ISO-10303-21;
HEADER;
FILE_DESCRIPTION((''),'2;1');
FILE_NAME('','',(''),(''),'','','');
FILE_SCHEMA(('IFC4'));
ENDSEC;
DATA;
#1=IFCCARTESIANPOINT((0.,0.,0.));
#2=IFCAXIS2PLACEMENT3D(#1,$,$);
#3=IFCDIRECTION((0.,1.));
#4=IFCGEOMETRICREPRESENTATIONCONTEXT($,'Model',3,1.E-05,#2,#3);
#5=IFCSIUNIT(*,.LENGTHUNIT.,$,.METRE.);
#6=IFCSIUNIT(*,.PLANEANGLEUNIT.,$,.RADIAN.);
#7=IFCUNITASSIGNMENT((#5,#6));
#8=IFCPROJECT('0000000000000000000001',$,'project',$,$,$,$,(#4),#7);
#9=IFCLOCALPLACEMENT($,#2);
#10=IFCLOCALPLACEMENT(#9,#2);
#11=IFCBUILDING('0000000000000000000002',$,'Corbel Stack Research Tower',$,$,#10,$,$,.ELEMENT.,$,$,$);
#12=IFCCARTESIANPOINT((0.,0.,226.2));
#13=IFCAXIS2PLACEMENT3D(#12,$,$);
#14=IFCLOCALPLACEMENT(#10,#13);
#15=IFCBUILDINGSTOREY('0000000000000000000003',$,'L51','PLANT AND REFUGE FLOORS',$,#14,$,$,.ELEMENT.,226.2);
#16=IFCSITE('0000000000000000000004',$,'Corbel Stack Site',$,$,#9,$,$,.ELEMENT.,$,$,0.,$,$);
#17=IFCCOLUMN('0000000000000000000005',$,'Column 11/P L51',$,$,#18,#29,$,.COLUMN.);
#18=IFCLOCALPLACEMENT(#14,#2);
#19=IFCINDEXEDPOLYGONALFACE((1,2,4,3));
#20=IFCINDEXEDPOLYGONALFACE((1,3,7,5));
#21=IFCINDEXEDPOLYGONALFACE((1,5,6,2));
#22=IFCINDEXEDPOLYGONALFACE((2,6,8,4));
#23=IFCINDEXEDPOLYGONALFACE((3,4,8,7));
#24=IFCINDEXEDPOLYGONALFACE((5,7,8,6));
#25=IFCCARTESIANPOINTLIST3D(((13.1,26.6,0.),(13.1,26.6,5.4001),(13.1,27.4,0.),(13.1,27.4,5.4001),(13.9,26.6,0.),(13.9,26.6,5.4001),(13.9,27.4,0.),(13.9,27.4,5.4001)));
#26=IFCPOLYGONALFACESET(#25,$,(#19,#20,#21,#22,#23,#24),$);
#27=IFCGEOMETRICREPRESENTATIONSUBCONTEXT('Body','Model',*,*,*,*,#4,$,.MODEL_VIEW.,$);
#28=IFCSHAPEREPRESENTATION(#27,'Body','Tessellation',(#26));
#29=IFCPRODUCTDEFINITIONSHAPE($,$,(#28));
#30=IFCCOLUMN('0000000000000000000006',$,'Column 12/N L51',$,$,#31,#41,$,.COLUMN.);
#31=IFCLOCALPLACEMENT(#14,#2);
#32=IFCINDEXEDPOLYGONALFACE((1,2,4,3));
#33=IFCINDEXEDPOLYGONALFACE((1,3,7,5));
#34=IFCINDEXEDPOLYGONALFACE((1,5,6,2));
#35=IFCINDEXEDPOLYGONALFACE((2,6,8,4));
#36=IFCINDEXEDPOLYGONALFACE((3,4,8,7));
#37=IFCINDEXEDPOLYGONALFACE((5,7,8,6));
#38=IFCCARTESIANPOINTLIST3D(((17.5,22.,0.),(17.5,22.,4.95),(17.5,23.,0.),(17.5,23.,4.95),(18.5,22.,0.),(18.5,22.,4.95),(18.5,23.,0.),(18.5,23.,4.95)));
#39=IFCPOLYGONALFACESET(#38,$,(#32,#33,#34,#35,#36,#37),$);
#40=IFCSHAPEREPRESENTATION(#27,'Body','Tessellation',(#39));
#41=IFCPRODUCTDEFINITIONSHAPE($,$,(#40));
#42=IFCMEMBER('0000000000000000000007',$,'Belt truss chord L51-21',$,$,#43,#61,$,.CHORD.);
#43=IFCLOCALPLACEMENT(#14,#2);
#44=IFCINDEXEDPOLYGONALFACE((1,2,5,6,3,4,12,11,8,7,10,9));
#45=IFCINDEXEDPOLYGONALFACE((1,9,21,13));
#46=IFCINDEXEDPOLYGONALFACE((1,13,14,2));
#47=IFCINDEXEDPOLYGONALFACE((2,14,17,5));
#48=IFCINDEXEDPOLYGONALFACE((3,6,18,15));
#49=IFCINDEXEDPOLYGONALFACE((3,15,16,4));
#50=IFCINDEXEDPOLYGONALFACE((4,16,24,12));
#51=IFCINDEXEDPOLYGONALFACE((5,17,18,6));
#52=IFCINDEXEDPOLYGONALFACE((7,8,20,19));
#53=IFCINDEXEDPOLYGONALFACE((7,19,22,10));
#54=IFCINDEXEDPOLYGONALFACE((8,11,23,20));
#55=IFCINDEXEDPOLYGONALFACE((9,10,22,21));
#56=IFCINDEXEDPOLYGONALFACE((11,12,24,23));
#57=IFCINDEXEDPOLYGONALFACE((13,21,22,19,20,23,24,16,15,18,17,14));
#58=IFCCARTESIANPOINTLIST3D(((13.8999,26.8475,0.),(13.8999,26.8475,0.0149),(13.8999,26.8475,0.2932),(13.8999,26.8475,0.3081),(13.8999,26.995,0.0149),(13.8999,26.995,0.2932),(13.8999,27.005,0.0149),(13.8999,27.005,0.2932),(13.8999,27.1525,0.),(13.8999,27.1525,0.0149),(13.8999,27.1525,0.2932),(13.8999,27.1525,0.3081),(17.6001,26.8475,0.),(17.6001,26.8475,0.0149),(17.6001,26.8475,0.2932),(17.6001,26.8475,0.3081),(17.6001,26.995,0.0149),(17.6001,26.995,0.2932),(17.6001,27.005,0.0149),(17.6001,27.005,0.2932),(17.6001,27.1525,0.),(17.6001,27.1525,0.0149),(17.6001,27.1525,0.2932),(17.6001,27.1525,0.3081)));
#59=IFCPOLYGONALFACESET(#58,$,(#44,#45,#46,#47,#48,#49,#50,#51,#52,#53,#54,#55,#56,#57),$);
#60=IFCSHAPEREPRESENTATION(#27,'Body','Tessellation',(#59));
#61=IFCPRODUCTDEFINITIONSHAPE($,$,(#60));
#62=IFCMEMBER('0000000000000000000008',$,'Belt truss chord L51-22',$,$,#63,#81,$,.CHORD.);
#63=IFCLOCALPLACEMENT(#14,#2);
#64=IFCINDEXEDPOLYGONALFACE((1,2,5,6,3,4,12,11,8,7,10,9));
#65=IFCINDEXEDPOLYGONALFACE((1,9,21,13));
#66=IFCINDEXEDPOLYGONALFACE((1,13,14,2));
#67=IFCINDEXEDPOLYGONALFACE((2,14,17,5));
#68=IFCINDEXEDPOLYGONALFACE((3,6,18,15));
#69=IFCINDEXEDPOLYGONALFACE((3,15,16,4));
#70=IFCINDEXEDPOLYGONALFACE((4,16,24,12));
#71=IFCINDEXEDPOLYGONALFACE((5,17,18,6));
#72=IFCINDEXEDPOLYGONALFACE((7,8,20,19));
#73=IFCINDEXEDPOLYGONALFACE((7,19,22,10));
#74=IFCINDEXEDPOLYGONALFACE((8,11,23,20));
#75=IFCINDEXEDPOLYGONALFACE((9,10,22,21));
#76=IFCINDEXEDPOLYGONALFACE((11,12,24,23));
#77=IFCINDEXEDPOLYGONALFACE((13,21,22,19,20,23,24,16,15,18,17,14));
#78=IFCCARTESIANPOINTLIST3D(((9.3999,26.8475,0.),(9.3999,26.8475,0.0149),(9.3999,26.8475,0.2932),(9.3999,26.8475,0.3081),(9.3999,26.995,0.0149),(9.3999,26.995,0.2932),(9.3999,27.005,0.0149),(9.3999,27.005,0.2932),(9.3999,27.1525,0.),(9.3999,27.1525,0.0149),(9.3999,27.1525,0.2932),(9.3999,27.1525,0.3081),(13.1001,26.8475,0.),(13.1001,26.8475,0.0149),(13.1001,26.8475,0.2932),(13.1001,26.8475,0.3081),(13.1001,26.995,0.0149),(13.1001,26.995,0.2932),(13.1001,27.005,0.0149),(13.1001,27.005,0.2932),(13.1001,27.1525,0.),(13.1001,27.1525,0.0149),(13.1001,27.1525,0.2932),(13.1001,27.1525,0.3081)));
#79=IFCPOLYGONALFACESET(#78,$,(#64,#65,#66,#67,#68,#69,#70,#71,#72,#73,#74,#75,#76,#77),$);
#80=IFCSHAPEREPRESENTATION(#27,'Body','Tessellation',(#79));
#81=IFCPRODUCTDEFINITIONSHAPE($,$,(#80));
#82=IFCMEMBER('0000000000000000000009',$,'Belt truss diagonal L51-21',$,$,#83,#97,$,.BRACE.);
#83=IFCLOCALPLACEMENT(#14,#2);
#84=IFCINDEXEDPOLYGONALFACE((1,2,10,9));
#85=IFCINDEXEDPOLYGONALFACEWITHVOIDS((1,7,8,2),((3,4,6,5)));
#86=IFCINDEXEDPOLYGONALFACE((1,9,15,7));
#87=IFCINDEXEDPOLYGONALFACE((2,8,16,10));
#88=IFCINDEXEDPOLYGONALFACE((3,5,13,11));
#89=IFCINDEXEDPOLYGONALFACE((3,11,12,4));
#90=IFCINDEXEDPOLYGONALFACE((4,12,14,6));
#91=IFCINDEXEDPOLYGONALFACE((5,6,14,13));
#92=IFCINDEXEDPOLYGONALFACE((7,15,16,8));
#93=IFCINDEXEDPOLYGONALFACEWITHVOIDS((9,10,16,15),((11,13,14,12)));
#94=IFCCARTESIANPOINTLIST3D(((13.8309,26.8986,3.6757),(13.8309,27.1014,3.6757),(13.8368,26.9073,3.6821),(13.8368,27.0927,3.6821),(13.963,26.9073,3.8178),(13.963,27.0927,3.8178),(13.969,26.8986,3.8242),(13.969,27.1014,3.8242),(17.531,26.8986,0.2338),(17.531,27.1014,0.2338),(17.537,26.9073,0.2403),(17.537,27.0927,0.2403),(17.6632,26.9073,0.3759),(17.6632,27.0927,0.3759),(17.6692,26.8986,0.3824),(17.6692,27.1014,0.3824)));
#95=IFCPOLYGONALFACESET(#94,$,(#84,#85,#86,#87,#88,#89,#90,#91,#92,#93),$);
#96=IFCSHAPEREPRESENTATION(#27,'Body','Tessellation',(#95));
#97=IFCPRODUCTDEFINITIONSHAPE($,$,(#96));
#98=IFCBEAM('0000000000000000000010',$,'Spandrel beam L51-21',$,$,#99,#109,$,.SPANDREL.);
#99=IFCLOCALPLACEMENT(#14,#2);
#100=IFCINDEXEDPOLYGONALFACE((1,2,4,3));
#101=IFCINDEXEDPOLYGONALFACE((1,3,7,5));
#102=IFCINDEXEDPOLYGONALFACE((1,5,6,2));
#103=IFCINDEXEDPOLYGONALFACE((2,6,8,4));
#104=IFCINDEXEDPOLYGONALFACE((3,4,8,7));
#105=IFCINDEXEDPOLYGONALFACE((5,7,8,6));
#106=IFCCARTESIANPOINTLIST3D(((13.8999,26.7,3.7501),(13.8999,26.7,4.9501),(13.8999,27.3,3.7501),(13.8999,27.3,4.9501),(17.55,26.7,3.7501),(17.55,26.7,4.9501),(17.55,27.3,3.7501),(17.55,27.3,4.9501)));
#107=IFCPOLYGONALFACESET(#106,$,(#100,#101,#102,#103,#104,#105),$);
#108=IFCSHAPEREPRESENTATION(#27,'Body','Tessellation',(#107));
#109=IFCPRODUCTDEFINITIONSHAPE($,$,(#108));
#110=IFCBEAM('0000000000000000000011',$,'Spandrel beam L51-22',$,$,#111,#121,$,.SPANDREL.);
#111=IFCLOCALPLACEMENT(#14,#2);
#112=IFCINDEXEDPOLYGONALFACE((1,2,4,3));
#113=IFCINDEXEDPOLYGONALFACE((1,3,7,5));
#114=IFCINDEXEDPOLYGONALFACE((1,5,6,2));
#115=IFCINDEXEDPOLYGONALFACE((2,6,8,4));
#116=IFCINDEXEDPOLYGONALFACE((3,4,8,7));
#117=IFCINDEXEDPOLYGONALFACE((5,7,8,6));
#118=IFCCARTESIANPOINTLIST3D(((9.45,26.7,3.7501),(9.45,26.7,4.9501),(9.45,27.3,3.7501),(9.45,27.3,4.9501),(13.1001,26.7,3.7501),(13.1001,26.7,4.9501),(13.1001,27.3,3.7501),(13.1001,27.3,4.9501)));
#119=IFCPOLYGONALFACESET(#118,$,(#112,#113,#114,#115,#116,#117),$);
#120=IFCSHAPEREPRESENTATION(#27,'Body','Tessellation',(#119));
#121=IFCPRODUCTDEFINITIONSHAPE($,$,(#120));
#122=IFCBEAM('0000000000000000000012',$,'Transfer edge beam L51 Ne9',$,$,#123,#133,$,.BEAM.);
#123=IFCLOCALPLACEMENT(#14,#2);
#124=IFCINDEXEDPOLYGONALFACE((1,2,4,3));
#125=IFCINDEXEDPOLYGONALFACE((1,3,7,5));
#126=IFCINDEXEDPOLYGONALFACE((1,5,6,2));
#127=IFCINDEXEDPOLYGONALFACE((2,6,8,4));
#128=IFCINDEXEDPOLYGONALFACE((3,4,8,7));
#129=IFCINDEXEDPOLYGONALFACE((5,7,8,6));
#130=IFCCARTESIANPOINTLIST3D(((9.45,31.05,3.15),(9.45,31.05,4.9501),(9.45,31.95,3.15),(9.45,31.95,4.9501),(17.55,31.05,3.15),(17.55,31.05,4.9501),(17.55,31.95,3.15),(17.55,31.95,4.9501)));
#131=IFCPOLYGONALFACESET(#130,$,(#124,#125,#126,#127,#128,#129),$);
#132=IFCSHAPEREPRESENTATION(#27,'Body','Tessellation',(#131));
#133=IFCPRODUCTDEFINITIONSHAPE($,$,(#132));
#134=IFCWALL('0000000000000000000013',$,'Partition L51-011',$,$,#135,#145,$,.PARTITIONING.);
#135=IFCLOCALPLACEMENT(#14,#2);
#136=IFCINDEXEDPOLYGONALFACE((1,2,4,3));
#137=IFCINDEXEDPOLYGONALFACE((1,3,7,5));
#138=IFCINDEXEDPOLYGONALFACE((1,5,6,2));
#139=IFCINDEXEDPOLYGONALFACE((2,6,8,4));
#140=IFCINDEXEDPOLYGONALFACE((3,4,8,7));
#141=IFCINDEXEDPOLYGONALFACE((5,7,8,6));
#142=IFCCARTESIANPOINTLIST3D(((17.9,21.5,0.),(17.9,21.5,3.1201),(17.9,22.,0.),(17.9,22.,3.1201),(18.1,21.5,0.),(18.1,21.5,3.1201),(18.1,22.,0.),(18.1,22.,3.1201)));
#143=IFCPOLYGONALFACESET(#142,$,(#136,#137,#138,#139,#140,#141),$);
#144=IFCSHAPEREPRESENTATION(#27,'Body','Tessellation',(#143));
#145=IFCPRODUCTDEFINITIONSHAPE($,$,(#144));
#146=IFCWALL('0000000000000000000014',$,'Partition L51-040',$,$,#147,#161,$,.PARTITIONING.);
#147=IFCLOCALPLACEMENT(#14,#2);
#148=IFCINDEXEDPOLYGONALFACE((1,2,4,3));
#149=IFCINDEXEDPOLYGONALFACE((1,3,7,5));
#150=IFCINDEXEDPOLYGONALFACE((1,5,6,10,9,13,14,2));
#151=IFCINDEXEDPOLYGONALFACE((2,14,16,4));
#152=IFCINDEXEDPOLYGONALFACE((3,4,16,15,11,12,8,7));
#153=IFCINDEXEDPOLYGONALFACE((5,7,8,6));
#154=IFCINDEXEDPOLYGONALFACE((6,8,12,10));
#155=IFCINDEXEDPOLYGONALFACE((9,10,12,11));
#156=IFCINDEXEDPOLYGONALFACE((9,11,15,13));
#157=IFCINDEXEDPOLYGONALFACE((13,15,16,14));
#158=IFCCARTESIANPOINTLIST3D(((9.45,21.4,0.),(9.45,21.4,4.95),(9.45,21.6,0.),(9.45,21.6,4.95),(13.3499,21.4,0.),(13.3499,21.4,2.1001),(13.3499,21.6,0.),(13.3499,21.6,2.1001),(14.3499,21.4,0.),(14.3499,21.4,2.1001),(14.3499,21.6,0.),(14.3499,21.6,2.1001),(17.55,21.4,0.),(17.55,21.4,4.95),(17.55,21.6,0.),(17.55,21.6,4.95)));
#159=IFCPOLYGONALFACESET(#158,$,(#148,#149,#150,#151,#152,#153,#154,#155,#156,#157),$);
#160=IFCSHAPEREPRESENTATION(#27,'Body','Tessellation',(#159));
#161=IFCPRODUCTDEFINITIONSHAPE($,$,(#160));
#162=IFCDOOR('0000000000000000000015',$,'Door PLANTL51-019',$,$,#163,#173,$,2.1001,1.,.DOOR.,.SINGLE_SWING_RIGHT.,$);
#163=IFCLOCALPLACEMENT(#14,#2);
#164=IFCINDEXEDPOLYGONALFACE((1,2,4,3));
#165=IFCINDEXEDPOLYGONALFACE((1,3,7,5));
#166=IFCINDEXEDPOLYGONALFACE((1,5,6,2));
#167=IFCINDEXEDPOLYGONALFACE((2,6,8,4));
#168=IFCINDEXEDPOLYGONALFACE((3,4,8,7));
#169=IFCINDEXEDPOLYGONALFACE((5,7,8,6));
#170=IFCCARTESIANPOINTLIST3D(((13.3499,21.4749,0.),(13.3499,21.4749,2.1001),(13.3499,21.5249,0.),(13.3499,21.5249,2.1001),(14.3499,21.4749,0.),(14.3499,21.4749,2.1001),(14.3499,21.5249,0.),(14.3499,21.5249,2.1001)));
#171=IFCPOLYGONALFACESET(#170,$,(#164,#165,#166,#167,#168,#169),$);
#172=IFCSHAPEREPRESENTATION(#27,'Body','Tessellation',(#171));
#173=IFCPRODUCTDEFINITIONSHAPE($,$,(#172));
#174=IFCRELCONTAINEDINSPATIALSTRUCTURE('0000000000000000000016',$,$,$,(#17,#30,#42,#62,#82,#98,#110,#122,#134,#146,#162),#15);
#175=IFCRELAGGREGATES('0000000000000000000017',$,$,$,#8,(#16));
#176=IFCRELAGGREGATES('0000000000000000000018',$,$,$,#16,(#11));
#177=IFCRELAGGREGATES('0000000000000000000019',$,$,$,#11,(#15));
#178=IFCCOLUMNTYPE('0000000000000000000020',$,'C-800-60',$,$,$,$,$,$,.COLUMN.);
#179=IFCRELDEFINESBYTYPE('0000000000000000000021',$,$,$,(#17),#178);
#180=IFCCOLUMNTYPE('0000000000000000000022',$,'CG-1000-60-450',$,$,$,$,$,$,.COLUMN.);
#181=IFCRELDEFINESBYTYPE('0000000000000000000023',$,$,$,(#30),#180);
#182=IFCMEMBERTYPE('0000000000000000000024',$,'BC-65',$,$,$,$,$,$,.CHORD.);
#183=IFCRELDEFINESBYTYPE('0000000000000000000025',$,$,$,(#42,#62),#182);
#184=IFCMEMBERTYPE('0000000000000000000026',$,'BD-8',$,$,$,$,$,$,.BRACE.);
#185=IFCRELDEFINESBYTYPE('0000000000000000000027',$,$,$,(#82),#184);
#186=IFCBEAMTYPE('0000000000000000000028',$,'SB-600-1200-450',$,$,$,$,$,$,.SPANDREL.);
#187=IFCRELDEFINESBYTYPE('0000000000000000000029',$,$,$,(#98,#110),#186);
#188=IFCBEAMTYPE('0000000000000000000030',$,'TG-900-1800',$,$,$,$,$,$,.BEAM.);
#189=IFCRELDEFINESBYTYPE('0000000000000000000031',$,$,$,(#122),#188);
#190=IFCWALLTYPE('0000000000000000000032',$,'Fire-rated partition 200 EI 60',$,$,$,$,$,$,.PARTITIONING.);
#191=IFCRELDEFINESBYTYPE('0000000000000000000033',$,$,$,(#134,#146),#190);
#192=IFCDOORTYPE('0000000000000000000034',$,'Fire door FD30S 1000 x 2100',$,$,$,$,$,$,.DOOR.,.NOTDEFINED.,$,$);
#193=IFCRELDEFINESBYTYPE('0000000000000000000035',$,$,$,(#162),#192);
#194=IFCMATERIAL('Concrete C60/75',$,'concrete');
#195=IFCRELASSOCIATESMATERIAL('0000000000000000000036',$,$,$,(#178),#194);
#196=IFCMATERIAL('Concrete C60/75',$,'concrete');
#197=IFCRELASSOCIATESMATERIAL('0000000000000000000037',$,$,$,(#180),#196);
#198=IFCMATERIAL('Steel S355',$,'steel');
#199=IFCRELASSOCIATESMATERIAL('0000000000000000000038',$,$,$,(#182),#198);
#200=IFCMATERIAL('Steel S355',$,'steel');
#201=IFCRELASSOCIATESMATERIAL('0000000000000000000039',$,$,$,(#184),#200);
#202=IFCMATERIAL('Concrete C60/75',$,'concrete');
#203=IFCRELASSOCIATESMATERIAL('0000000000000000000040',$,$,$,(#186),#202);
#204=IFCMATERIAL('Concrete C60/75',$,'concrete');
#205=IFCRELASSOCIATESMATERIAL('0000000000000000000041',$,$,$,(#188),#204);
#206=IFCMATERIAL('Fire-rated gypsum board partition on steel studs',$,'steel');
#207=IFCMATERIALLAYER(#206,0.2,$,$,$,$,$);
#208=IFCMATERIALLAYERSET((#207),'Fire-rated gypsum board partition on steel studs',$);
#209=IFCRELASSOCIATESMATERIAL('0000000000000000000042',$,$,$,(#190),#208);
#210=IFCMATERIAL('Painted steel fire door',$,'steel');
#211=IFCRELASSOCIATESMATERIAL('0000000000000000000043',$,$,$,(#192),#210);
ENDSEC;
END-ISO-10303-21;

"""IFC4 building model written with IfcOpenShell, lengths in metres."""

from ifc_helpers import new_model, si_unit, direction, frame, frame_2d, origin, origin_2d, place, context, subcontext, project, spatial, rectangle, hollow_rectangle, i_section, extrude, material, layer, layer_set, material_profile, profile_set, type_object, element, fill, save


model = new_model("IFC4")

# Units and contexts
model_context = context("Model", 3, precision=1e-05, world=origin(), true_north=direction((0.0, 1.0)))
body_context = subcontext(model_context, "Body", "Model", "MODEL_VIEW")
ifc_project = project(units=[si_unit("LENGTHUNIT", "METRE"), si_unit("PLANEANGLEUNIT", "RADIAN")], contexts=[model_context])

# Site, building, storey
site_placement = place(None, origin())
site = spatial("IfcSite", under=ifc_project, at=site_placement, Name="Corbel Stack Site", CompositionType="ELEMENT", RefElevation=0.0)
building_placement = place(site_placement, origin())
building = spatial("IfcBuilding", under=site, at=building_placement, Name="Corbel Stack Research Tower", CompositionType="ELEMENT")
storey_placement = place(building_placement, frame((0.0, 0.0, 226.2)))
storey = spatial("IfcBuildingStorey", under=building, at=storey_placement, Name="L51", Description="PLANT AND REFUGE FLOORS", CompositionType="ELEMENT", Elevation=226.2)

# Columns
ifc_material_1 = material(Name="Concrete C60/75", Category="concrete")
ifc_material_profile_1 = material_profile(ifc_material_1, rectangle(XDim=0.8, YDim=0.8, at=origin_2d()), Name="RC 800 x 800")
ifc_profile_set_1 = profile_set([ifc_material_profile_1], Name="Concrete C60/75")
column_type_1 = type_object("IfcColumnType", Name="C-800-60", PredefinedType="COLUMN", material=ifc_profile_set_1)
column_1_placement = place(storey_placement, frame((13.5, 27.0, 0.0), z_axis=(0.0, 0.0, 1.0), x_axis=(1.0, 0.0, 0.0)))
element("IfcColumn", 1, at=column_1_placement, inside=storey, type_object=column_type_1, Name="Column 11/P L51", PredefinedType="COLUMN", context=body_context, shape_type="SweptSolid", body=[
    extrude(rectangle(XDim=0.8, YDim=0.8, at=origin_2d()), origin(), (0.0, 0.0, 1.0), 5.4001),
])
ifc_material_2 = material(Name="Concrete C60/75", Category="concrete")
ifc_material_profile_2 = material_profile(ifc_material_2, rectangle(XDim=1.0, YDim=1.0, at=origin_2d()), Name="RC 1000 x 1000")
ifc_profile_set_2 = profile_set([ifc_material_profile_2], Name="Concrete C60/75")
column_type_2 = type_object("IfcColumnType", Name="CG-1000-60-450", PredefinedType="COLUMN", material=ifc_profile_set_2)
column_2_placement = place(storey_placement, frame((18.0, 22.5, 0.0), z_axis=(0.0, 0.0, 1.0), x_axis=(1.0, 0.0, 0.0)))
element("IfcColumn", 2, at=column_2_placement, inside=storey, type_object=column_type_2, Name="Column 12/N L51", PredefinedType="COLUMN", context=body_context, shape_type="SweptSolid", body=[
    extrude(rectangle(XDim=1.0, YDim=1.0, at=origin_2d()), origin(), (0.0, 0.0, 1.0), 4.95),
])

# Members
ifc_material_3 = material(Name="Steel S355", Category="steel")
ifc_material_profile_3 = material_profile(ifc_material_3, i_section(OverallWidth=0.3049, OverallDepth=0.3081, WebThickness=0.01, FlangeThickness=0.0149, at=origin_2d()), Name="W12x65")
ifc_profile_set_3 = profile_set([ifc_material_profile_3], Name="Steel S355")
member_type_1 = type_object("IfcMemberType", Name="BC-65", PredefinedType="CHORD", material=ifc_profile_set_3)
for number, where, z_axis, x_axis, name in (
    (3, (17.6001, 27.0, 0.1541), (-1.0, 0.0, 0.0), (0.0, -1.0, 0.0), "Belt truss chord L51-21"),
    (4, (13.1001, 27.0, 0.1541), (-1.0, 0.0, 0.0), (0.0, -1.0, 0.0), "Belt truss chord L51-22"),
):
    element("IfcMember", number, at=place(storey_placement, frame(where, z_axis=z_axis, x_axis=x_axis)), inside=storey, type_object=member_type_1, Name=name, PredefinedType="CHORD", context=body_context, shape_type="SweptSolid", body=[
        extrude(i_section(OverallWidth=0.3049, OverallDepth=0.3081, WebThickness=0.01, FlangeThickness=0.0149, at=origin_2d()), origin(), (0.0, 0.0, 1.0), 3.7002),
    ])
ifc_material_4 = material(Name="Steel S355", Category="steel")
ifc_material_profile_4 = material_profile(ifc_material_4, hollow_rectangle(XDim=0.2029, YDim=0.2029, WallThickness=0.0088, at=origin_2d()), Name="HSS8x8x3/8")
ifc_profile_set_4 = profile_set([ifc_material_profile_4], Name="Steel S355")
member_type_2 = type_object("IfcMemberType", Name="BD-8", PredefinedType="BRACE", material=ifc_profile_set_4)
member_placement = place(storey_placement, frame((17.6001, 27.0, 0.3081), z_axis=(-0.732201, 0.0, 0.681088), x_axis=(0.0, -1.0, 0.0)))
element("IfcMember", 5, at=member_placement, inside=storey, type_object=member_type_2, Name="Belt truss diagonal L51-21", PredefinedType="BRACE", context=body_context, shape_type="SweptSolid", body=[
    extrude(hollow_rectangle(XDim=0.2029, YDim=0.2029, WallThickness=0.0088, at=origin_2d()), origin(), (0.0, 0.0, 1.0), 5.0535),
])

# Beams
ifc_material_5 = material(Name="Concrete C60/75", Category="concrete")
ifc_material_profile_5 = material_profile(ifc_material_5, rectangle(XDim=0.6001, YDim=1.2, at=origin_2d()), Name="RC 600 x 1200")
ifc_profile_set_5 = profile_set([ifc_material_profile_5], Name="Concrete C60/75")
beam_type_1 = type_object("IfcBeamType", Name="SB-600-1200-450", PredefinedType="SPANDREL", material=ifc_profile_set_5)
for number, where, z_axis, x_axis, name in (
    (6, (17.55, 27.0, 4.3501), (-1.0, 0.0, 0.0), (0.0, -1.0, 0.0), "Spandrel beam L51-21"),
    (7, (13.1001, 27.0, 4.3501), (-1.0, 0.0, 0.0), (0.0, -1.0, 0.0), "Spandrel beam L51-22"),
):
    element("IfcBeam", number, at=place(storey_placement, frame(where, z_axis=z_axis, x_axis=x_axis)), inside=storey, type_object=beam_type_1, Name=name, PredefinedType="SPANDREL", context=body_context, shape_type="SweptSolid", body=[
        extrude(rectangle(XDim=0.6001, YDim=1.2, at=origin_2d()), origin(), (0.0, 0.0, 1.0), 3.6501),
    ])
ifc_material_6 = material(Name="Concrete C60/75", Category="concrete")
ifc_material_profile_6 = material_profile(ifc_material_6, rectangle(XDim=0.8999, YDim=1.8, at=origin_2d()), Name="RC 900 x 1800")
ifc_profile_set_6 = profile_set([ifc_material_profile_6], Name="Concrete C60/75")
beam_type_2 = type_object("IfcBeamType", Name="TG-900-1800", PredefinedType="BEAM", material=ifc_profile_set_6)
beam_placement = place(storey_placement, frame((9.45, 31.5, 4.05), z_axis=(1.0, 0.0, 0.0), x_axis=(0.0, 1.0, 0.0)))
element("IfcBeam", 8, at=beam_placement, inside=storey, type_object=beam_type_2, Name="Transfer edge beam L51 Ne9", PredefinedType="BEAM", context=body_context, shape_type="SweptSolid", body=[
    extrude(rectangle(XDim=0.8999, YDim=1.8, at=origin_2d()), origin(), (0.0, 0.0, 1.0), 8.1001),
])

# Wall
ifc_material_7 = material(Name="Fire-rated gypsum board partition on steel studs", Category="steel")
ifc_layer_1 = layer(ifc_material_7, 0.2)
ifc_layer_set_1 = layer_set([ifc_layer_1], Name="Fire-rated gypsum board partition on steel studs")
wall_type_1 = type_object("IfcWallType", Name="Fire-rated partition 200 EI 60", PredefinedType="PARTITIONING", material=ifc_layer_set_1)
wall_1_placement = place(storey_placement, frame((18.0, 21.5, 0.0), z_axis=(0.0, 0.0, 1.0), x_axis=(0.0, 1.0, 0.0)))
element("IfcWall", 9, at=wall_1_placement, inside=storey, type_object=wall_type_1, Name="Partition L51-011", PredefinedType="PARTITIONING", context=body_context, shape_type="SweptSolid", body=[
    extrude(rectangle(XDim=0.5, YDim=0.2, at=frame_2d((0.25, 0.0))), origin(), (0.0, 0.0, 1.0), 3.1201),
])

# Wall, opening, door
wall_2_placement = place(storey_placement, frame((9.45, 21.5, 0.0), z_axis=(0.0, 0.0, 1.0), x_axis=(1.0, 0.0, 0.0)))
wall_2 = element("IfcWall", 10, at=wall_2_placement, inside=storey, type_object=wall_type_1, Name="Partition L51-040", PredefinedType="PARTITIONING", context=body_context, shape_type="SweptSolid", body=[
    extrude(rectangle(XDim=8.1001, YDim=0.2, at=frame_2d((4.05, 0.0))), origin(), (0.0, 0.0, 1.0), 4.95),
])
opening_placement = place(wall_2_placement, frame((3.8999, 0.0, 0.0)))
opening = element("IfcOpeningElement", 11, at=opening_placement, cuts=wall_2, PredefinedType="OPENING", context=body_context, shape_type="SweptSolid", body=[
    extrude(rectangle(XDim=1.0, YDim=2.1001, at=frame_2d((0.5, 1.05))), frame((0.0, 0.1099, 0.0), z_axis=(0.0, -1.0, 0.0), x_axis=(1.0, 0.0, 0.0)), (0.0, 0.0, 1.0), 0.22),
])
ifc_material_8 = material(Name="Painted steel fire door", Category="steel")
door_type = type_object("IfcDoorType", Name="Fire door FD30S 1000 x 2100", OperationType="NOTDEFINED", PredefinedType="DOOR", material=ifc_material_8)
door_placement = place(opening_placement, origin())
door = element("IfcDoor", 12, at=door_placement, inside=storey, type_object=door_type, Name="Door PLANTL51-019", OperationType="SINGLE_SWING_RIGHT", OverallHeight=2.1001, OverallWidth=1.0, PredefinedType="DOOR", context=body_context, shape_type="SweptSolid", body=[
    extrude(rectangle(XDim=1.0, YDim=2.1001, at=frame_2d((0.5, 1.05))), frame((0.0, 0.0249, 0.0), z_axis=(0.0, -1.0, 0.0), x_axis=(1.0, 0.0, 0.0)), (0.0, 0.0, 1.0), 0.05),
])
fill(opening, door)

save(model, "model.ifc")
